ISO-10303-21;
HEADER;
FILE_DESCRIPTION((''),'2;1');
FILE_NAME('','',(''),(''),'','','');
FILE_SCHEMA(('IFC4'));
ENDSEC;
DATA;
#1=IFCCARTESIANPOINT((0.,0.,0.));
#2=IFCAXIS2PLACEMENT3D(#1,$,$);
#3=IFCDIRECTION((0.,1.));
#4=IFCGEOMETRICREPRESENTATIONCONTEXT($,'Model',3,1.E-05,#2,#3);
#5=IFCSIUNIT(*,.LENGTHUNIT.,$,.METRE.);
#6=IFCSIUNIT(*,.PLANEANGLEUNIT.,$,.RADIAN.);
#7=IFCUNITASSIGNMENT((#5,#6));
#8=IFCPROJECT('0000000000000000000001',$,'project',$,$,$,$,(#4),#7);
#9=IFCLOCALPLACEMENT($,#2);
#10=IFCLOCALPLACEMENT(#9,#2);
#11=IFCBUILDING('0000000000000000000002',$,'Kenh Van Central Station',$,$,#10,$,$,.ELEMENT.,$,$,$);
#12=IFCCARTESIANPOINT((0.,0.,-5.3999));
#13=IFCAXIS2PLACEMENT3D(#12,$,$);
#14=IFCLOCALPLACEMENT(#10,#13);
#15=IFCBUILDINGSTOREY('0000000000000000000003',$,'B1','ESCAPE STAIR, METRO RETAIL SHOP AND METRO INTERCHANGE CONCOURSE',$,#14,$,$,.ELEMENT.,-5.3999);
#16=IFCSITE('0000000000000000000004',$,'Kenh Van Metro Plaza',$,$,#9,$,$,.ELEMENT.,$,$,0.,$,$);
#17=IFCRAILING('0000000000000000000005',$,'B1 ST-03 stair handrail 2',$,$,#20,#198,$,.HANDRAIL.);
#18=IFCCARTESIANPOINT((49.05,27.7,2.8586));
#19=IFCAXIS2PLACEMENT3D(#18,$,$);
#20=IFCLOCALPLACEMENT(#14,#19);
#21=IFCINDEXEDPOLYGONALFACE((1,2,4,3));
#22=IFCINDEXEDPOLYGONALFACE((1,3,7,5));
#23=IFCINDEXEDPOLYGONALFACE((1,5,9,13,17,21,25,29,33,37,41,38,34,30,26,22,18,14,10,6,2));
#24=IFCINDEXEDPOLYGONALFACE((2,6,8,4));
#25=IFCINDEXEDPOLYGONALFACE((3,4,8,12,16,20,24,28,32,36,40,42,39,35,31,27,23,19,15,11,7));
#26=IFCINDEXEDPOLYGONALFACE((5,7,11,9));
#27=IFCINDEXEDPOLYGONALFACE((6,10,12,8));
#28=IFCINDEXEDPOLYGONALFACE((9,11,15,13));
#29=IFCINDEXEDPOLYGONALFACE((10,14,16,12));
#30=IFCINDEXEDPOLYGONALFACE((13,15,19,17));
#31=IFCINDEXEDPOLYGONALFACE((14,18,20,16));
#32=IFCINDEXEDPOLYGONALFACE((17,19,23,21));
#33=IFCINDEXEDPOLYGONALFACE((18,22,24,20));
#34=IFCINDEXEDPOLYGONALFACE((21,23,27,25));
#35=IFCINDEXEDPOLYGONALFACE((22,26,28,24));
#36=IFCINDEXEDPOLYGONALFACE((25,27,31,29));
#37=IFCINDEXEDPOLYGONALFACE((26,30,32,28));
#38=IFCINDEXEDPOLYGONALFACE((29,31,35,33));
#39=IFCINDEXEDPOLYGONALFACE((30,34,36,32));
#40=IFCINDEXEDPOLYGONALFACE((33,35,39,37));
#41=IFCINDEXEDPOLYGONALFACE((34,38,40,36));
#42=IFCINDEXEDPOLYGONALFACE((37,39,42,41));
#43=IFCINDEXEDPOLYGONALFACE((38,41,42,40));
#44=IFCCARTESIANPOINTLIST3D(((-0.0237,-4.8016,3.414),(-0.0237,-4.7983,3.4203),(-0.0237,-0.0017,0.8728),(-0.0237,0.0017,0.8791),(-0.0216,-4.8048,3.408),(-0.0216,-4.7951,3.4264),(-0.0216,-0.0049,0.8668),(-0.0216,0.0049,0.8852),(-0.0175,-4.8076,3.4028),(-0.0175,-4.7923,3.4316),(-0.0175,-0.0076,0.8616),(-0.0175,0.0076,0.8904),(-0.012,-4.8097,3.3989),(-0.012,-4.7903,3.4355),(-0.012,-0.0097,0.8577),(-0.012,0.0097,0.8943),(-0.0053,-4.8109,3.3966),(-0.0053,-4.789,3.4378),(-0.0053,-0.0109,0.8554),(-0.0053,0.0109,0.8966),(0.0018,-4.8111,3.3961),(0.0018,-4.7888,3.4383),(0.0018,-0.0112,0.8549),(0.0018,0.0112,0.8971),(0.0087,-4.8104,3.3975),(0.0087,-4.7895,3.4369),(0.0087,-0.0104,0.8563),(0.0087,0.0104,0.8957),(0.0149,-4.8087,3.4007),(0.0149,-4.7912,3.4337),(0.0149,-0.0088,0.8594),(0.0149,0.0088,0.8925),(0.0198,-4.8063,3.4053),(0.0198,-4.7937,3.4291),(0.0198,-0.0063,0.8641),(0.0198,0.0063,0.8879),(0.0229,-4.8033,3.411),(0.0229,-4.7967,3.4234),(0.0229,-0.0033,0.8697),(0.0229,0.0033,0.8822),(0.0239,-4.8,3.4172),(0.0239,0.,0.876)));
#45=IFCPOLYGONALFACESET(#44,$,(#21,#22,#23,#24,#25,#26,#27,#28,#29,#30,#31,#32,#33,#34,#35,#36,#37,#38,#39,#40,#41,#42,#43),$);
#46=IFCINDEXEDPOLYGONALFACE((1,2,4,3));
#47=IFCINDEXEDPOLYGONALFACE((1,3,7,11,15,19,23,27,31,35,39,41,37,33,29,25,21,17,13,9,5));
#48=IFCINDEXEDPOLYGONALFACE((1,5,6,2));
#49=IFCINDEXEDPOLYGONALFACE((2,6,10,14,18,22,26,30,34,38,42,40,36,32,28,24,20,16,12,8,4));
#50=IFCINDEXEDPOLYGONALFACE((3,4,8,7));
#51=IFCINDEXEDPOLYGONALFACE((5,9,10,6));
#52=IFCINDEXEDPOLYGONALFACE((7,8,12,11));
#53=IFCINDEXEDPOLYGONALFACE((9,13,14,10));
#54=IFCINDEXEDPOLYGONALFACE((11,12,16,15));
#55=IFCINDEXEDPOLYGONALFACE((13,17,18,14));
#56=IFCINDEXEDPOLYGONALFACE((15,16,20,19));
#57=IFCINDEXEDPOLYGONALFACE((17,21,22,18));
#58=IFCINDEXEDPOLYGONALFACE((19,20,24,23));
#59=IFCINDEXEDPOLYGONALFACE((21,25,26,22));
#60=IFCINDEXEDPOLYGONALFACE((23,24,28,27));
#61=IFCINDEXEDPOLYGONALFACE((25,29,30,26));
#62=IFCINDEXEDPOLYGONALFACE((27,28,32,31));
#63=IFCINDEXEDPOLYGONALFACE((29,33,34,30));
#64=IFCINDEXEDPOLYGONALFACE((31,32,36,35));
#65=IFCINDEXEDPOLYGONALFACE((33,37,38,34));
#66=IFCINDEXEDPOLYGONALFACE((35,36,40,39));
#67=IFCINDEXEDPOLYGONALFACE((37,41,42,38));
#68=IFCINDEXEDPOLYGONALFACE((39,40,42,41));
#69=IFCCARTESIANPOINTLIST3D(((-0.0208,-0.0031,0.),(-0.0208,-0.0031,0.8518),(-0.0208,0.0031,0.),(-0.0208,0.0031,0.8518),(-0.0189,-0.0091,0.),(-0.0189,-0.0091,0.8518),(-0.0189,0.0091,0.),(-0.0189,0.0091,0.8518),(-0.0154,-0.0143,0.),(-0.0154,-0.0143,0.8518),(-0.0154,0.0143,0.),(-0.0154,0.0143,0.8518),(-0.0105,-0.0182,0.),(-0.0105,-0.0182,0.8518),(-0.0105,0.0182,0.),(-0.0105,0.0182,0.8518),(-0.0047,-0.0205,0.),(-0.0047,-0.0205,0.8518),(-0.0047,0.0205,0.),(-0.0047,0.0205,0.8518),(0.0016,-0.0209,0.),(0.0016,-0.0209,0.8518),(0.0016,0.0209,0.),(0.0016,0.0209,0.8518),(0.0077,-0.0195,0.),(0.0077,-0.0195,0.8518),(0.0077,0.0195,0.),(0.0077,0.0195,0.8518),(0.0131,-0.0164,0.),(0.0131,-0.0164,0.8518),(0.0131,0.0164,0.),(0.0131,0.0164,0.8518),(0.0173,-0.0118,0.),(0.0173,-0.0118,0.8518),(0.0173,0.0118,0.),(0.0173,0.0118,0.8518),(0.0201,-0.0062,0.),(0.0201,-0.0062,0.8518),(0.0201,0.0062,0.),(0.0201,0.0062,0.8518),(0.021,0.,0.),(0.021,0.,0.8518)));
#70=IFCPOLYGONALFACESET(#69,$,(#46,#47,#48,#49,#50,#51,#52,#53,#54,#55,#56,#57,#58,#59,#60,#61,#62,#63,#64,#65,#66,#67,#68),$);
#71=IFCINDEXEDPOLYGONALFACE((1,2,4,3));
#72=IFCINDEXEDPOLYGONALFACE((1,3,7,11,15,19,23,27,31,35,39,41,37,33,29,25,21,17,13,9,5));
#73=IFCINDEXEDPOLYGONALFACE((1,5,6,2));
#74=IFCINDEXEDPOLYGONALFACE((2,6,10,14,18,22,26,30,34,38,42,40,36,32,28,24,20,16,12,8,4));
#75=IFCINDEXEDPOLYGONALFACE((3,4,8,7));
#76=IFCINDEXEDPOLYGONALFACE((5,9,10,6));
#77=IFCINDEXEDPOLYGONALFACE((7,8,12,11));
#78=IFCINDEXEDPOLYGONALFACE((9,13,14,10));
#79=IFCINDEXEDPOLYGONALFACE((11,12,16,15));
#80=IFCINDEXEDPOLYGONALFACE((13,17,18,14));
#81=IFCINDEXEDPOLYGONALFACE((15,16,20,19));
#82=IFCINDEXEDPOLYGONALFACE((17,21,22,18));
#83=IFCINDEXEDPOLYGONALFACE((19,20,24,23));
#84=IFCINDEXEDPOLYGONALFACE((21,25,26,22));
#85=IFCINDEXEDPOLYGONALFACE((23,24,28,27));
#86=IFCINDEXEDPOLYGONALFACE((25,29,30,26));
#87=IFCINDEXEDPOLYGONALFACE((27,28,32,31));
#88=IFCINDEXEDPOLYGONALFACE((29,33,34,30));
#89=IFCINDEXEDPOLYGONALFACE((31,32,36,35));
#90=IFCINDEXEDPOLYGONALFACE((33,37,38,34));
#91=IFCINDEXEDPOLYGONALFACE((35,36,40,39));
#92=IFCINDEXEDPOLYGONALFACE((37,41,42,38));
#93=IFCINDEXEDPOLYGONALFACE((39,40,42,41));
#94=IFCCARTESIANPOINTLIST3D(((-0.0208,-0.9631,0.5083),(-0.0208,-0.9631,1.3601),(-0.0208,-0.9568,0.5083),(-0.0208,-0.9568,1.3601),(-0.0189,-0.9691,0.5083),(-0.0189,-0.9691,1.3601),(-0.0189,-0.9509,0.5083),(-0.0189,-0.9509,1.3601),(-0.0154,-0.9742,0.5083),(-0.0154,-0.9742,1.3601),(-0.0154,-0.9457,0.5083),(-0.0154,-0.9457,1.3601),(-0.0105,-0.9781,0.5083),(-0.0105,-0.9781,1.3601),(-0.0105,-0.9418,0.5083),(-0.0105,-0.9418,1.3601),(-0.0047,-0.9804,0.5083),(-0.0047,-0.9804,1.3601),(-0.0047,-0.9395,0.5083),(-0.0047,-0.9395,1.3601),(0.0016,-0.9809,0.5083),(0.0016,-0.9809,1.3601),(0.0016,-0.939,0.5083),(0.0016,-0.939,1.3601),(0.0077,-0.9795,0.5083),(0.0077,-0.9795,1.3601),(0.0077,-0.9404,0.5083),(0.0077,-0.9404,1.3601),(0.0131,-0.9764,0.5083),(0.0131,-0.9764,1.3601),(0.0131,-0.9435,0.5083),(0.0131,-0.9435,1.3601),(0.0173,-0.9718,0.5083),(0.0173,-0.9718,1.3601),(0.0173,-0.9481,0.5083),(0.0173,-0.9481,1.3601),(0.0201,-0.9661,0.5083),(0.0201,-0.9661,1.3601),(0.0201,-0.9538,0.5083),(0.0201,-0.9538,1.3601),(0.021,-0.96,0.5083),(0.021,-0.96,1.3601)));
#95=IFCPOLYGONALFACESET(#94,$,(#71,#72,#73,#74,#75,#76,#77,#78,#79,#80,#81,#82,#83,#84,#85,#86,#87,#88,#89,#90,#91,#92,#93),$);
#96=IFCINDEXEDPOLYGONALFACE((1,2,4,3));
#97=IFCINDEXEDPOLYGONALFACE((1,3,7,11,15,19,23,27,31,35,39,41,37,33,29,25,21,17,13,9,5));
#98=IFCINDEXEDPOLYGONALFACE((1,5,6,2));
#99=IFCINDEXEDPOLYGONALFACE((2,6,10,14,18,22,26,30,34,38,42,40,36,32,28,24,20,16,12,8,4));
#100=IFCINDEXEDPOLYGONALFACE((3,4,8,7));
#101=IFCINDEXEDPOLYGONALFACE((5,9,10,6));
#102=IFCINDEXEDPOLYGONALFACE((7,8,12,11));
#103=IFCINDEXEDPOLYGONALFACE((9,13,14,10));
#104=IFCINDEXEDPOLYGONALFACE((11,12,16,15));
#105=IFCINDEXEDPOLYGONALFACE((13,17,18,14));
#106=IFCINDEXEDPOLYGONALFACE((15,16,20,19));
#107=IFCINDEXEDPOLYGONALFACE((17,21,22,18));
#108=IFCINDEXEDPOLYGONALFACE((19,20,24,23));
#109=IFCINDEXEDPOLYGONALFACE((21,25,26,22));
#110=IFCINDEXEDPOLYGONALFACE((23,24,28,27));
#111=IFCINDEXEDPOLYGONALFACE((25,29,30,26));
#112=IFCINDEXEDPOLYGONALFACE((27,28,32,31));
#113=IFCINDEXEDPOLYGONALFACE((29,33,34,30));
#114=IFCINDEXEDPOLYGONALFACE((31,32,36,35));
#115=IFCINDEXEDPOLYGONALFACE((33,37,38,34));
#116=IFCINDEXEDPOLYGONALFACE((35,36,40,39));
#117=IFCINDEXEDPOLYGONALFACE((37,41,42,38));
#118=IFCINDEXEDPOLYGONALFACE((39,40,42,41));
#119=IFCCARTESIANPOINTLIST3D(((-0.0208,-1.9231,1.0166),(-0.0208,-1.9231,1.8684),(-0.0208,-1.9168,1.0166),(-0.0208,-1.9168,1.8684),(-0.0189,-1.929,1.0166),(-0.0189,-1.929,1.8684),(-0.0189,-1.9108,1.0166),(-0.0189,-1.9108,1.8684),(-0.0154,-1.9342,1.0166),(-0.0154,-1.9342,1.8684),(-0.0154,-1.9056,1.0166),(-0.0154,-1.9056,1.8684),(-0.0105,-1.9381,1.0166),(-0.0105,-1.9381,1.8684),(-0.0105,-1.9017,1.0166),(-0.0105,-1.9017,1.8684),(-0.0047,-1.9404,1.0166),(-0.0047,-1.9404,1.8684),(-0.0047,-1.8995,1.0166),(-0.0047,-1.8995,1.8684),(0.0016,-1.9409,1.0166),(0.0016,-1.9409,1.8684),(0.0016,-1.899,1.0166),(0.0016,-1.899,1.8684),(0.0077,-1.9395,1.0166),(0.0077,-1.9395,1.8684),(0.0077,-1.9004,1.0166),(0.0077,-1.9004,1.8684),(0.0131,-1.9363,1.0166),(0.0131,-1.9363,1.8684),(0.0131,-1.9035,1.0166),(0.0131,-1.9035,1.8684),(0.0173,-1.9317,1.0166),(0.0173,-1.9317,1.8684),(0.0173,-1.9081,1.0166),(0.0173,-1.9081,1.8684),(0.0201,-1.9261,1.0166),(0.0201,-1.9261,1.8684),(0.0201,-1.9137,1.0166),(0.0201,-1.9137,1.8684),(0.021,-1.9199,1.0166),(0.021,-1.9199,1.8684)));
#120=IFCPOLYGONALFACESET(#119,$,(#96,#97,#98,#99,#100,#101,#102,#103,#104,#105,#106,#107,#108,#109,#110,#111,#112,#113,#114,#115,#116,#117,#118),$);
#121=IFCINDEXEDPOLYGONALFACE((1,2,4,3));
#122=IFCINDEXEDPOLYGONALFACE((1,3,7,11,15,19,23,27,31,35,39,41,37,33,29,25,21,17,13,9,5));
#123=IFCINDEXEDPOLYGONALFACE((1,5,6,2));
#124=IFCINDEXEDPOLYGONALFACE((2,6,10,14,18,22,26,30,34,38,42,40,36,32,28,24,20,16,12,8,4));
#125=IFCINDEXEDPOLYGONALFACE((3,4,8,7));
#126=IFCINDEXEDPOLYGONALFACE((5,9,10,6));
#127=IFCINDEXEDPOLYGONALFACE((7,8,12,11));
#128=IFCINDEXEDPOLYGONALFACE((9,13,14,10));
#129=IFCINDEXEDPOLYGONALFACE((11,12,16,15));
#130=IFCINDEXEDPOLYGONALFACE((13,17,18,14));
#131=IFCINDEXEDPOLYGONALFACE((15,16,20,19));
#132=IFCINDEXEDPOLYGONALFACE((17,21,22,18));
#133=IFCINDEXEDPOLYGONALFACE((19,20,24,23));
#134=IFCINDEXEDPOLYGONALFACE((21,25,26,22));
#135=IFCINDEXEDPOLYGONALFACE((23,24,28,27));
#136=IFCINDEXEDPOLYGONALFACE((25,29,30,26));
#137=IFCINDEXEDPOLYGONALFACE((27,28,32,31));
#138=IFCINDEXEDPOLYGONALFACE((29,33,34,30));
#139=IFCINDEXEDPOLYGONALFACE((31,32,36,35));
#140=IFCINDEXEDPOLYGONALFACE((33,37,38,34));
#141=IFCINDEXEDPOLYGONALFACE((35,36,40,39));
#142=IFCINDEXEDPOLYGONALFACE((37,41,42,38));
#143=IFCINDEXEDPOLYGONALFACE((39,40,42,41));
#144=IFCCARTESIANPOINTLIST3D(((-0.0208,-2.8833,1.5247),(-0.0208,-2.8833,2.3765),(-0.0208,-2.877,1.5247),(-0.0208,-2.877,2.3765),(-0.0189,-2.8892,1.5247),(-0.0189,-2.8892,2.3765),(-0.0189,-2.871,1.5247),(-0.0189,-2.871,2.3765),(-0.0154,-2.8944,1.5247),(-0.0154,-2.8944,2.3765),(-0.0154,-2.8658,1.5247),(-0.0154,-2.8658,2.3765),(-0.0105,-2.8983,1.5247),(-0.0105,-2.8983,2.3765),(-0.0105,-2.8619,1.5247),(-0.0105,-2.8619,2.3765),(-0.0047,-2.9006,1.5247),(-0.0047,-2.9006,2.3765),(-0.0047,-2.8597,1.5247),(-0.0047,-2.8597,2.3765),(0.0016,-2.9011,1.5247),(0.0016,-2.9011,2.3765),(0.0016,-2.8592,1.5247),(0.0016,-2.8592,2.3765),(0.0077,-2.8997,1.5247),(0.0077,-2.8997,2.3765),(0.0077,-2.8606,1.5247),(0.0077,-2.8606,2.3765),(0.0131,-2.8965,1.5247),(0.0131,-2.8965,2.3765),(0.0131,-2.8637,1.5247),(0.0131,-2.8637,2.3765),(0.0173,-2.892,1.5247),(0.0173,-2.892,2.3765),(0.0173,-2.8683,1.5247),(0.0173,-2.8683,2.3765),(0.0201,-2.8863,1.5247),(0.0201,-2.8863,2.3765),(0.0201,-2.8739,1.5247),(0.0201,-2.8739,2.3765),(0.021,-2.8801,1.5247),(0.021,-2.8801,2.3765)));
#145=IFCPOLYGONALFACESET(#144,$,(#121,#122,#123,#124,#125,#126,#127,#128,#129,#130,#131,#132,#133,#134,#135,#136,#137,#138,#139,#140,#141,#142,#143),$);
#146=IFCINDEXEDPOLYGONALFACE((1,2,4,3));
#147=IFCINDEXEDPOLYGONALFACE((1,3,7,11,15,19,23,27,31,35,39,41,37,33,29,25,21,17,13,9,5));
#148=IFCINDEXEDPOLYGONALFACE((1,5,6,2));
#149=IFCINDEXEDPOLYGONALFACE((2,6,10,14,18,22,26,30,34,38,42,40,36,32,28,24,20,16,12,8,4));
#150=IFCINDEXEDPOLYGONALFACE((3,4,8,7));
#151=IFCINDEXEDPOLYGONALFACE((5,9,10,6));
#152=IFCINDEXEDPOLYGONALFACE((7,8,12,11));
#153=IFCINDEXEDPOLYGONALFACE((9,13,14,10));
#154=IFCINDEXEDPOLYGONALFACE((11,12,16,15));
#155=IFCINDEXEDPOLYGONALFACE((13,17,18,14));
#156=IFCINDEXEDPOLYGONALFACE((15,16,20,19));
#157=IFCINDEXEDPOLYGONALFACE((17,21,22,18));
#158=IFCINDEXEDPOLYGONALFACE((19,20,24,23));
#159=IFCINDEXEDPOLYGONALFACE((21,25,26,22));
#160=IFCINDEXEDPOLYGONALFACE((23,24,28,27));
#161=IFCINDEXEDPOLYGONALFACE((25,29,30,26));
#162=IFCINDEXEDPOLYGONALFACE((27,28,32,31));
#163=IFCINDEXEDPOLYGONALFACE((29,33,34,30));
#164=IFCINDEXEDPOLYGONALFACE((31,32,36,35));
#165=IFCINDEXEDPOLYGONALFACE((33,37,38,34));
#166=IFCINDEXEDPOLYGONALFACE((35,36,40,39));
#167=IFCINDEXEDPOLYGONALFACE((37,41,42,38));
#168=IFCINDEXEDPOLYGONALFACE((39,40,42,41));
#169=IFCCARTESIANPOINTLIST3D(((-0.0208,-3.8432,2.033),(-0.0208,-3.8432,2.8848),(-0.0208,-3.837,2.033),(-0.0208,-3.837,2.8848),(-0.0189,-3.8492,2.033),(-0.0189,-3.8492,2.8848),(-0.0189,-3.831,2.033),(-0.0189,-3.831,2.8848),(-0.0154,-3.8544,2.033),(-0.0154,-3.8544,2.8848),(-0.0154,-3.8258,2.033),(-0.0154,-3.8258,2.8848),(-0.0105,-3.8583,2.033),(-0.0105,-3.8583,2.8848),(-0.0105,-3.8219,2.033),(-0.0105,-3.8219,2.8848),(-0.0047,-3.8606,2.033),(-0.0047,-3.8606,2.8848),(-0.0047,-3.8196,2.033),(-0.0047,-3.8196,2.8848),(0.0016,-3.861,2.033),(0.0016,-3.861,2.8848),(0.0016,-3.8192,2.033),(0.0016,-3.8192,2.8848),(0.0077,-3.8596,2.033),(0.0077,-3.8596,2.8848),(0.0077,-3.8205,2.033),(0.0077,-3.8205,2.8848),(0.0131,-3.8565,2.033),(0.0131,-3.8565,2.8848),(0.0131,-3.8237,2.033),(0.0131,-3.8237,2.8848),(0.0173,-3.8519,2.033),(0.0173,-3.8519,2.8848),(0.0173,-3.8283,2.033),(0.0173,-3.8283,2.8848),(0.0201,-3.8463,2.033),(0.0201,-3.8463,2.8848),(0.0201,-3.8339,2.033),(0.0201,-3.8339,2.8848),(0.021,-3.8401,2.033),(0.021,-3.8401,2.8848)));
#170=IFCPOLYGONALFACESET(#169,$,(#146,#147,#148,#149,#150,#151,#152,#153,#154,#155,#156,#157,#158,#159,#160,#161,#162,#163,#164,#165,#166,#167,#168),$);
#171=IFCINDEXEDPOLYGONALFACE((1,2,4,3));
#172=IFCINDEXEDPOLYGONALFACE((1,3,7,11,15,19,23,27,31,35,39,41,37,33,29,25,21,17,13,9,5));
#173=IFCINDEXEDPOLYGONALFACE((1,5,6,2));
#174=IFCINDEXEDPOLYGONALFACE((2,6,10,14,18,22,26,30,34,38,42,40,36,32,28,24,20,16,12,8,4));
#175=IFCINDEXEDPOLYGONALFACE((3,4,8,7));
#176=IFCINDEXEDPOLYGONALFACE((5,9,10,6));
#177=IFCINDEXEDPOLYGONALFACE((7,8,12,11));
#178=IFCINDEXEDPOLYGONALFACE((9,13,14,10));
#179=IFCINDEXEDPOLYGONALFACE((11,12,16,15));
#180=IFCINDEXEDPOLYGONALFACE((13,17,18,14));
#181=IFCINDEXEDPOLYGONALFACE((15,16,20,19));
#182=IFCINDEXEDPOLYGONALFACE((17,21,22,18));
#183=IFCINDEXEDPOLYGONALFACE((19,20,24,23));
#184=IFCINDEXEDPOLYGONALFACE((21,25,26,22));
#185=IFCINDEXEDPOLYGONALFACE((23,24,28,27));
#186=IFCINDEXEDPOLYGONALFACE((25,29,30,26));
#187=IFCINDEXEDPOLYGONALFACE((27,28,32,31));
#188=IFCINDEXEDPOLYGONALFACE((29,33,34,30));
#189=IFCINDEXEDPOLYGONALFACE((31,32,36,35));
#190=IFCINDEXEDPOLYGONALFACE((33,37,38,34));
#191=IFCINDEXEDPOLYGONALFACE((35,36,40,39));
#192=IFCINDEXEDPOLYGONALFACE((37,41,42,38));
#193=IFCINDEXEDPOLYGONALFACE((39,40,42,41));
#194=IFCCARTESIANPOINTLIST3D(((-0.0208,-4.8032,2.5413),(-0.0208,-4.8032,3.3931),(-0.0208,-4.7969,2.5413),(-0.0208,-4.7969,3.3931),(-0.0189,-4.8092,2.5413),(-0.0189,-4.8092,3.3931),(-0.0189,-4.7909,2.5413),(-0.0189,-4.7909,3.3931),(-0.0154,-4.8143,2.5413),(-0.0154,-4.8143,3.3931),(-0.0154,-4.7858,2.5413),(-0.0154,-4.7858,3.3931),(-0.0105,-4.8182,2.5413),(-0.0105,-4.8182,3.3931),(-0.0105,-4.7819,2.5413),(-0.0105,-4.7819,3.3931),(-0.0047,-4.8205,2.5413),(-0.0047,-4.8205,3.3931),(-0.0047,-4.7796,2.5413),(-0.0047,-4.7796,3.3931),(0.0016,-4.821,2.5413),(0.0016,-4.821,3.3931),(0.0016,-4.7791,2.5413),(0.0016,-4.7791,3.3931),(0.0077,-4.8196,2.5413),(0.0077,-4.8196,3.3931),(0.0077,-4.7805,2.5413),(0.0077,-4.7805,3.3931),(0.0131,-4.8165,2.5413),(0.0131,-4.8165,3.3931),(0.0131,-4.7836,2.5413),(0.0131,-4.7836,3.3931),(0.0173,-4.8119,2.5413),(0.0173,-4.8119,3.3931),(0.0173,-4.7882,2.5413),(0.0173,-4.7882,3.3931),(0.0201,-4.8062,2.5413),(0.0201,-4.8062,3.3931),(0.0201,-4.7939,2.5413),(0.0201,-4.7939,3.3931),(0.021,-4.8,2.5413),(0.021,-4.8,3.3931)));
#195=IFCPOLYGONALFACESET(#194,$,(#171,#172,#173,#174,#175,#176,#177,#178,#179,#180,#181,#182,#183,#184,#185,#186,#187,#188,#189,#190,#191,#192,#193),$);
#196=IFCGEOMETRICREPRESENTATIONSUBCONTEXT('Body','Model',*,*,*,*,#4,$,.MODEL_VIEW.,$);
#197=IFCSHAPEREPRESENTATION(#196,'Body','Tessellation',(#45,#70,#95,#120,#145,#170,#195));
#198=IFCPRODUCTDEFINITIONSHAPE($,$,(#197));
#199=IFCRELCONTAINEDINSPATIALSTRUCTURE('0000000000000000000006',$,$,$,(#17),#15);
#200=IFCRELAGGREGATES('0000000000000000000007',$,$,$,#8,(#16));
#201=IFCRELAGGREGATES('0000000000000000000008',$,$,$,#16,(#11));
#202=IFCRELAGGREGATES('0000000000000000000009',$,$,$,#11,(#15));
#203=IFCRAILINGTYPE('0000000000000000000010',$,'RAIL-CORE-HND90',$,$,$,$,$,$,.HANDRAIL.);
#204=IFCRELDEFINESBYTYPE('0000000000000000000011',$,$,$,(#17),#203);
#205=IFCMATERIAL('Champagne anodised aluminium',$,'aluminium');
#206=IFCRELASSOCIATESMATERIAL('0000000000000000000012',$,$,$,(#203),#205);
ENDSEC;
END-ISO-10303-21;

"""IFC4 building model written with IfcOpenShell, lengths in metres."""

from ifc_helpers import new_model, si_unit, direction, frame, origin, origin_2d, place, context, subcontext, project, spatial, circle, extrude, material, type_object, element, save


model = new_model("IFC4")

# Units and contexts
model_context = context("Model", 3, precision=1e-05, world=origin(), true_north=direction((0.0, 1.0)))
body_context = subcontext(model_context, "Body", "Model", "MODEL_VIEW")
ifc_project = project(units=[si_unit("LENGTHUNIT", "METRE"), si_unit("PLANEANGLEUNIT", "RADIAN")], contexts=[model_context])

# Site, building, storey
site_placement = place(None, origin())
site = spatial("IfcSite", under=ifc_project, at=site_placement, Name="Kenh Van Metro Plaza", CompositionType="ELEMENT", RefElevation=0.0)
building_placement = place(site_placement, origin())
building = spatial("IfcBuilding", under=site, at=building_placement, Name="Kenh Van Central Station", CompositionType="ELEMENT")
storey_placement = place(building_placement, frame((0.0, 0.0, -5.3999)))
storey = spatial("IfcBuildingStorey", under=building, at=storey_placement, Name="B1", Description="ESCAPE STAIR, METRO RETAIL SHOP AND METRO INTERCHANGE CONCOURSE", CompositionType="ELEMENT", Elevation=-5.3999)

# Shared definitions
ifc_material_1 = material(Name="Champagne anodised aluminium", Category="aluminium")

# Railing
railing_type_1 = type_object("IfcRailingType", Name="RAIL-CORE-HND90", PredefinedType="HANDRAIL", material=ifc_material_1)
railing_1_placement = place(storey_placement, frame((49.05, 27.7, 2.8586)))
element("IfcRailing", 1, at=railing_1_placement, inside=storey, type_object=railing_type_1, Name="B1 ST-03 stair handrail 2", PredefinedType="HANDRAIL", context=body_context, shape_type="SweptSolid", body=[
    extrude(circle(Radius=0.0239, at=origin_2d()), frame((0.0, 0.0, 0.876), z_axis=(0.0, -0.883784, 0.467896), x_axis=(1.0, 0.0, 0.0)), (0.0, 0.0, 1.0), 5.4312),
    extrude(circle(Radius=0.021, at=origin_2d()), origin(), (0.0, 0.0, 1.0), 0.8518),
    extrude(circle(Radius=0.021, at=origin_2d()), frame((0.0, -0.96, 0.5083)), (0.0, 0.0, 1.0), 0.8518),
    extrude(circle(Radius=0.021, at=origin_2d()), frame((0.0, -1.9199, 1.0166)), (0.0, 0.0, 1.0), 0.8518),
    extrude(circle(Radius=0.021, at=origin_2d()), frame((0.0, -2.8801, 1.5247)), (0.0, 0.0, 1.0), 0.8518),
    extrude(circle(Radius=0.021, at=origin_2d()), frame((0.0, -3.8401, 2.033)), (0.0, 0.0, 1.0), 0.8518),
    extrude(circle(Radius=0.021, at=origin_2d()), frame((0.0, -4.8, 2.5413)), (0.0, 0.0, 1.0), 0.8518),
])

save(model, "model.ifc")
